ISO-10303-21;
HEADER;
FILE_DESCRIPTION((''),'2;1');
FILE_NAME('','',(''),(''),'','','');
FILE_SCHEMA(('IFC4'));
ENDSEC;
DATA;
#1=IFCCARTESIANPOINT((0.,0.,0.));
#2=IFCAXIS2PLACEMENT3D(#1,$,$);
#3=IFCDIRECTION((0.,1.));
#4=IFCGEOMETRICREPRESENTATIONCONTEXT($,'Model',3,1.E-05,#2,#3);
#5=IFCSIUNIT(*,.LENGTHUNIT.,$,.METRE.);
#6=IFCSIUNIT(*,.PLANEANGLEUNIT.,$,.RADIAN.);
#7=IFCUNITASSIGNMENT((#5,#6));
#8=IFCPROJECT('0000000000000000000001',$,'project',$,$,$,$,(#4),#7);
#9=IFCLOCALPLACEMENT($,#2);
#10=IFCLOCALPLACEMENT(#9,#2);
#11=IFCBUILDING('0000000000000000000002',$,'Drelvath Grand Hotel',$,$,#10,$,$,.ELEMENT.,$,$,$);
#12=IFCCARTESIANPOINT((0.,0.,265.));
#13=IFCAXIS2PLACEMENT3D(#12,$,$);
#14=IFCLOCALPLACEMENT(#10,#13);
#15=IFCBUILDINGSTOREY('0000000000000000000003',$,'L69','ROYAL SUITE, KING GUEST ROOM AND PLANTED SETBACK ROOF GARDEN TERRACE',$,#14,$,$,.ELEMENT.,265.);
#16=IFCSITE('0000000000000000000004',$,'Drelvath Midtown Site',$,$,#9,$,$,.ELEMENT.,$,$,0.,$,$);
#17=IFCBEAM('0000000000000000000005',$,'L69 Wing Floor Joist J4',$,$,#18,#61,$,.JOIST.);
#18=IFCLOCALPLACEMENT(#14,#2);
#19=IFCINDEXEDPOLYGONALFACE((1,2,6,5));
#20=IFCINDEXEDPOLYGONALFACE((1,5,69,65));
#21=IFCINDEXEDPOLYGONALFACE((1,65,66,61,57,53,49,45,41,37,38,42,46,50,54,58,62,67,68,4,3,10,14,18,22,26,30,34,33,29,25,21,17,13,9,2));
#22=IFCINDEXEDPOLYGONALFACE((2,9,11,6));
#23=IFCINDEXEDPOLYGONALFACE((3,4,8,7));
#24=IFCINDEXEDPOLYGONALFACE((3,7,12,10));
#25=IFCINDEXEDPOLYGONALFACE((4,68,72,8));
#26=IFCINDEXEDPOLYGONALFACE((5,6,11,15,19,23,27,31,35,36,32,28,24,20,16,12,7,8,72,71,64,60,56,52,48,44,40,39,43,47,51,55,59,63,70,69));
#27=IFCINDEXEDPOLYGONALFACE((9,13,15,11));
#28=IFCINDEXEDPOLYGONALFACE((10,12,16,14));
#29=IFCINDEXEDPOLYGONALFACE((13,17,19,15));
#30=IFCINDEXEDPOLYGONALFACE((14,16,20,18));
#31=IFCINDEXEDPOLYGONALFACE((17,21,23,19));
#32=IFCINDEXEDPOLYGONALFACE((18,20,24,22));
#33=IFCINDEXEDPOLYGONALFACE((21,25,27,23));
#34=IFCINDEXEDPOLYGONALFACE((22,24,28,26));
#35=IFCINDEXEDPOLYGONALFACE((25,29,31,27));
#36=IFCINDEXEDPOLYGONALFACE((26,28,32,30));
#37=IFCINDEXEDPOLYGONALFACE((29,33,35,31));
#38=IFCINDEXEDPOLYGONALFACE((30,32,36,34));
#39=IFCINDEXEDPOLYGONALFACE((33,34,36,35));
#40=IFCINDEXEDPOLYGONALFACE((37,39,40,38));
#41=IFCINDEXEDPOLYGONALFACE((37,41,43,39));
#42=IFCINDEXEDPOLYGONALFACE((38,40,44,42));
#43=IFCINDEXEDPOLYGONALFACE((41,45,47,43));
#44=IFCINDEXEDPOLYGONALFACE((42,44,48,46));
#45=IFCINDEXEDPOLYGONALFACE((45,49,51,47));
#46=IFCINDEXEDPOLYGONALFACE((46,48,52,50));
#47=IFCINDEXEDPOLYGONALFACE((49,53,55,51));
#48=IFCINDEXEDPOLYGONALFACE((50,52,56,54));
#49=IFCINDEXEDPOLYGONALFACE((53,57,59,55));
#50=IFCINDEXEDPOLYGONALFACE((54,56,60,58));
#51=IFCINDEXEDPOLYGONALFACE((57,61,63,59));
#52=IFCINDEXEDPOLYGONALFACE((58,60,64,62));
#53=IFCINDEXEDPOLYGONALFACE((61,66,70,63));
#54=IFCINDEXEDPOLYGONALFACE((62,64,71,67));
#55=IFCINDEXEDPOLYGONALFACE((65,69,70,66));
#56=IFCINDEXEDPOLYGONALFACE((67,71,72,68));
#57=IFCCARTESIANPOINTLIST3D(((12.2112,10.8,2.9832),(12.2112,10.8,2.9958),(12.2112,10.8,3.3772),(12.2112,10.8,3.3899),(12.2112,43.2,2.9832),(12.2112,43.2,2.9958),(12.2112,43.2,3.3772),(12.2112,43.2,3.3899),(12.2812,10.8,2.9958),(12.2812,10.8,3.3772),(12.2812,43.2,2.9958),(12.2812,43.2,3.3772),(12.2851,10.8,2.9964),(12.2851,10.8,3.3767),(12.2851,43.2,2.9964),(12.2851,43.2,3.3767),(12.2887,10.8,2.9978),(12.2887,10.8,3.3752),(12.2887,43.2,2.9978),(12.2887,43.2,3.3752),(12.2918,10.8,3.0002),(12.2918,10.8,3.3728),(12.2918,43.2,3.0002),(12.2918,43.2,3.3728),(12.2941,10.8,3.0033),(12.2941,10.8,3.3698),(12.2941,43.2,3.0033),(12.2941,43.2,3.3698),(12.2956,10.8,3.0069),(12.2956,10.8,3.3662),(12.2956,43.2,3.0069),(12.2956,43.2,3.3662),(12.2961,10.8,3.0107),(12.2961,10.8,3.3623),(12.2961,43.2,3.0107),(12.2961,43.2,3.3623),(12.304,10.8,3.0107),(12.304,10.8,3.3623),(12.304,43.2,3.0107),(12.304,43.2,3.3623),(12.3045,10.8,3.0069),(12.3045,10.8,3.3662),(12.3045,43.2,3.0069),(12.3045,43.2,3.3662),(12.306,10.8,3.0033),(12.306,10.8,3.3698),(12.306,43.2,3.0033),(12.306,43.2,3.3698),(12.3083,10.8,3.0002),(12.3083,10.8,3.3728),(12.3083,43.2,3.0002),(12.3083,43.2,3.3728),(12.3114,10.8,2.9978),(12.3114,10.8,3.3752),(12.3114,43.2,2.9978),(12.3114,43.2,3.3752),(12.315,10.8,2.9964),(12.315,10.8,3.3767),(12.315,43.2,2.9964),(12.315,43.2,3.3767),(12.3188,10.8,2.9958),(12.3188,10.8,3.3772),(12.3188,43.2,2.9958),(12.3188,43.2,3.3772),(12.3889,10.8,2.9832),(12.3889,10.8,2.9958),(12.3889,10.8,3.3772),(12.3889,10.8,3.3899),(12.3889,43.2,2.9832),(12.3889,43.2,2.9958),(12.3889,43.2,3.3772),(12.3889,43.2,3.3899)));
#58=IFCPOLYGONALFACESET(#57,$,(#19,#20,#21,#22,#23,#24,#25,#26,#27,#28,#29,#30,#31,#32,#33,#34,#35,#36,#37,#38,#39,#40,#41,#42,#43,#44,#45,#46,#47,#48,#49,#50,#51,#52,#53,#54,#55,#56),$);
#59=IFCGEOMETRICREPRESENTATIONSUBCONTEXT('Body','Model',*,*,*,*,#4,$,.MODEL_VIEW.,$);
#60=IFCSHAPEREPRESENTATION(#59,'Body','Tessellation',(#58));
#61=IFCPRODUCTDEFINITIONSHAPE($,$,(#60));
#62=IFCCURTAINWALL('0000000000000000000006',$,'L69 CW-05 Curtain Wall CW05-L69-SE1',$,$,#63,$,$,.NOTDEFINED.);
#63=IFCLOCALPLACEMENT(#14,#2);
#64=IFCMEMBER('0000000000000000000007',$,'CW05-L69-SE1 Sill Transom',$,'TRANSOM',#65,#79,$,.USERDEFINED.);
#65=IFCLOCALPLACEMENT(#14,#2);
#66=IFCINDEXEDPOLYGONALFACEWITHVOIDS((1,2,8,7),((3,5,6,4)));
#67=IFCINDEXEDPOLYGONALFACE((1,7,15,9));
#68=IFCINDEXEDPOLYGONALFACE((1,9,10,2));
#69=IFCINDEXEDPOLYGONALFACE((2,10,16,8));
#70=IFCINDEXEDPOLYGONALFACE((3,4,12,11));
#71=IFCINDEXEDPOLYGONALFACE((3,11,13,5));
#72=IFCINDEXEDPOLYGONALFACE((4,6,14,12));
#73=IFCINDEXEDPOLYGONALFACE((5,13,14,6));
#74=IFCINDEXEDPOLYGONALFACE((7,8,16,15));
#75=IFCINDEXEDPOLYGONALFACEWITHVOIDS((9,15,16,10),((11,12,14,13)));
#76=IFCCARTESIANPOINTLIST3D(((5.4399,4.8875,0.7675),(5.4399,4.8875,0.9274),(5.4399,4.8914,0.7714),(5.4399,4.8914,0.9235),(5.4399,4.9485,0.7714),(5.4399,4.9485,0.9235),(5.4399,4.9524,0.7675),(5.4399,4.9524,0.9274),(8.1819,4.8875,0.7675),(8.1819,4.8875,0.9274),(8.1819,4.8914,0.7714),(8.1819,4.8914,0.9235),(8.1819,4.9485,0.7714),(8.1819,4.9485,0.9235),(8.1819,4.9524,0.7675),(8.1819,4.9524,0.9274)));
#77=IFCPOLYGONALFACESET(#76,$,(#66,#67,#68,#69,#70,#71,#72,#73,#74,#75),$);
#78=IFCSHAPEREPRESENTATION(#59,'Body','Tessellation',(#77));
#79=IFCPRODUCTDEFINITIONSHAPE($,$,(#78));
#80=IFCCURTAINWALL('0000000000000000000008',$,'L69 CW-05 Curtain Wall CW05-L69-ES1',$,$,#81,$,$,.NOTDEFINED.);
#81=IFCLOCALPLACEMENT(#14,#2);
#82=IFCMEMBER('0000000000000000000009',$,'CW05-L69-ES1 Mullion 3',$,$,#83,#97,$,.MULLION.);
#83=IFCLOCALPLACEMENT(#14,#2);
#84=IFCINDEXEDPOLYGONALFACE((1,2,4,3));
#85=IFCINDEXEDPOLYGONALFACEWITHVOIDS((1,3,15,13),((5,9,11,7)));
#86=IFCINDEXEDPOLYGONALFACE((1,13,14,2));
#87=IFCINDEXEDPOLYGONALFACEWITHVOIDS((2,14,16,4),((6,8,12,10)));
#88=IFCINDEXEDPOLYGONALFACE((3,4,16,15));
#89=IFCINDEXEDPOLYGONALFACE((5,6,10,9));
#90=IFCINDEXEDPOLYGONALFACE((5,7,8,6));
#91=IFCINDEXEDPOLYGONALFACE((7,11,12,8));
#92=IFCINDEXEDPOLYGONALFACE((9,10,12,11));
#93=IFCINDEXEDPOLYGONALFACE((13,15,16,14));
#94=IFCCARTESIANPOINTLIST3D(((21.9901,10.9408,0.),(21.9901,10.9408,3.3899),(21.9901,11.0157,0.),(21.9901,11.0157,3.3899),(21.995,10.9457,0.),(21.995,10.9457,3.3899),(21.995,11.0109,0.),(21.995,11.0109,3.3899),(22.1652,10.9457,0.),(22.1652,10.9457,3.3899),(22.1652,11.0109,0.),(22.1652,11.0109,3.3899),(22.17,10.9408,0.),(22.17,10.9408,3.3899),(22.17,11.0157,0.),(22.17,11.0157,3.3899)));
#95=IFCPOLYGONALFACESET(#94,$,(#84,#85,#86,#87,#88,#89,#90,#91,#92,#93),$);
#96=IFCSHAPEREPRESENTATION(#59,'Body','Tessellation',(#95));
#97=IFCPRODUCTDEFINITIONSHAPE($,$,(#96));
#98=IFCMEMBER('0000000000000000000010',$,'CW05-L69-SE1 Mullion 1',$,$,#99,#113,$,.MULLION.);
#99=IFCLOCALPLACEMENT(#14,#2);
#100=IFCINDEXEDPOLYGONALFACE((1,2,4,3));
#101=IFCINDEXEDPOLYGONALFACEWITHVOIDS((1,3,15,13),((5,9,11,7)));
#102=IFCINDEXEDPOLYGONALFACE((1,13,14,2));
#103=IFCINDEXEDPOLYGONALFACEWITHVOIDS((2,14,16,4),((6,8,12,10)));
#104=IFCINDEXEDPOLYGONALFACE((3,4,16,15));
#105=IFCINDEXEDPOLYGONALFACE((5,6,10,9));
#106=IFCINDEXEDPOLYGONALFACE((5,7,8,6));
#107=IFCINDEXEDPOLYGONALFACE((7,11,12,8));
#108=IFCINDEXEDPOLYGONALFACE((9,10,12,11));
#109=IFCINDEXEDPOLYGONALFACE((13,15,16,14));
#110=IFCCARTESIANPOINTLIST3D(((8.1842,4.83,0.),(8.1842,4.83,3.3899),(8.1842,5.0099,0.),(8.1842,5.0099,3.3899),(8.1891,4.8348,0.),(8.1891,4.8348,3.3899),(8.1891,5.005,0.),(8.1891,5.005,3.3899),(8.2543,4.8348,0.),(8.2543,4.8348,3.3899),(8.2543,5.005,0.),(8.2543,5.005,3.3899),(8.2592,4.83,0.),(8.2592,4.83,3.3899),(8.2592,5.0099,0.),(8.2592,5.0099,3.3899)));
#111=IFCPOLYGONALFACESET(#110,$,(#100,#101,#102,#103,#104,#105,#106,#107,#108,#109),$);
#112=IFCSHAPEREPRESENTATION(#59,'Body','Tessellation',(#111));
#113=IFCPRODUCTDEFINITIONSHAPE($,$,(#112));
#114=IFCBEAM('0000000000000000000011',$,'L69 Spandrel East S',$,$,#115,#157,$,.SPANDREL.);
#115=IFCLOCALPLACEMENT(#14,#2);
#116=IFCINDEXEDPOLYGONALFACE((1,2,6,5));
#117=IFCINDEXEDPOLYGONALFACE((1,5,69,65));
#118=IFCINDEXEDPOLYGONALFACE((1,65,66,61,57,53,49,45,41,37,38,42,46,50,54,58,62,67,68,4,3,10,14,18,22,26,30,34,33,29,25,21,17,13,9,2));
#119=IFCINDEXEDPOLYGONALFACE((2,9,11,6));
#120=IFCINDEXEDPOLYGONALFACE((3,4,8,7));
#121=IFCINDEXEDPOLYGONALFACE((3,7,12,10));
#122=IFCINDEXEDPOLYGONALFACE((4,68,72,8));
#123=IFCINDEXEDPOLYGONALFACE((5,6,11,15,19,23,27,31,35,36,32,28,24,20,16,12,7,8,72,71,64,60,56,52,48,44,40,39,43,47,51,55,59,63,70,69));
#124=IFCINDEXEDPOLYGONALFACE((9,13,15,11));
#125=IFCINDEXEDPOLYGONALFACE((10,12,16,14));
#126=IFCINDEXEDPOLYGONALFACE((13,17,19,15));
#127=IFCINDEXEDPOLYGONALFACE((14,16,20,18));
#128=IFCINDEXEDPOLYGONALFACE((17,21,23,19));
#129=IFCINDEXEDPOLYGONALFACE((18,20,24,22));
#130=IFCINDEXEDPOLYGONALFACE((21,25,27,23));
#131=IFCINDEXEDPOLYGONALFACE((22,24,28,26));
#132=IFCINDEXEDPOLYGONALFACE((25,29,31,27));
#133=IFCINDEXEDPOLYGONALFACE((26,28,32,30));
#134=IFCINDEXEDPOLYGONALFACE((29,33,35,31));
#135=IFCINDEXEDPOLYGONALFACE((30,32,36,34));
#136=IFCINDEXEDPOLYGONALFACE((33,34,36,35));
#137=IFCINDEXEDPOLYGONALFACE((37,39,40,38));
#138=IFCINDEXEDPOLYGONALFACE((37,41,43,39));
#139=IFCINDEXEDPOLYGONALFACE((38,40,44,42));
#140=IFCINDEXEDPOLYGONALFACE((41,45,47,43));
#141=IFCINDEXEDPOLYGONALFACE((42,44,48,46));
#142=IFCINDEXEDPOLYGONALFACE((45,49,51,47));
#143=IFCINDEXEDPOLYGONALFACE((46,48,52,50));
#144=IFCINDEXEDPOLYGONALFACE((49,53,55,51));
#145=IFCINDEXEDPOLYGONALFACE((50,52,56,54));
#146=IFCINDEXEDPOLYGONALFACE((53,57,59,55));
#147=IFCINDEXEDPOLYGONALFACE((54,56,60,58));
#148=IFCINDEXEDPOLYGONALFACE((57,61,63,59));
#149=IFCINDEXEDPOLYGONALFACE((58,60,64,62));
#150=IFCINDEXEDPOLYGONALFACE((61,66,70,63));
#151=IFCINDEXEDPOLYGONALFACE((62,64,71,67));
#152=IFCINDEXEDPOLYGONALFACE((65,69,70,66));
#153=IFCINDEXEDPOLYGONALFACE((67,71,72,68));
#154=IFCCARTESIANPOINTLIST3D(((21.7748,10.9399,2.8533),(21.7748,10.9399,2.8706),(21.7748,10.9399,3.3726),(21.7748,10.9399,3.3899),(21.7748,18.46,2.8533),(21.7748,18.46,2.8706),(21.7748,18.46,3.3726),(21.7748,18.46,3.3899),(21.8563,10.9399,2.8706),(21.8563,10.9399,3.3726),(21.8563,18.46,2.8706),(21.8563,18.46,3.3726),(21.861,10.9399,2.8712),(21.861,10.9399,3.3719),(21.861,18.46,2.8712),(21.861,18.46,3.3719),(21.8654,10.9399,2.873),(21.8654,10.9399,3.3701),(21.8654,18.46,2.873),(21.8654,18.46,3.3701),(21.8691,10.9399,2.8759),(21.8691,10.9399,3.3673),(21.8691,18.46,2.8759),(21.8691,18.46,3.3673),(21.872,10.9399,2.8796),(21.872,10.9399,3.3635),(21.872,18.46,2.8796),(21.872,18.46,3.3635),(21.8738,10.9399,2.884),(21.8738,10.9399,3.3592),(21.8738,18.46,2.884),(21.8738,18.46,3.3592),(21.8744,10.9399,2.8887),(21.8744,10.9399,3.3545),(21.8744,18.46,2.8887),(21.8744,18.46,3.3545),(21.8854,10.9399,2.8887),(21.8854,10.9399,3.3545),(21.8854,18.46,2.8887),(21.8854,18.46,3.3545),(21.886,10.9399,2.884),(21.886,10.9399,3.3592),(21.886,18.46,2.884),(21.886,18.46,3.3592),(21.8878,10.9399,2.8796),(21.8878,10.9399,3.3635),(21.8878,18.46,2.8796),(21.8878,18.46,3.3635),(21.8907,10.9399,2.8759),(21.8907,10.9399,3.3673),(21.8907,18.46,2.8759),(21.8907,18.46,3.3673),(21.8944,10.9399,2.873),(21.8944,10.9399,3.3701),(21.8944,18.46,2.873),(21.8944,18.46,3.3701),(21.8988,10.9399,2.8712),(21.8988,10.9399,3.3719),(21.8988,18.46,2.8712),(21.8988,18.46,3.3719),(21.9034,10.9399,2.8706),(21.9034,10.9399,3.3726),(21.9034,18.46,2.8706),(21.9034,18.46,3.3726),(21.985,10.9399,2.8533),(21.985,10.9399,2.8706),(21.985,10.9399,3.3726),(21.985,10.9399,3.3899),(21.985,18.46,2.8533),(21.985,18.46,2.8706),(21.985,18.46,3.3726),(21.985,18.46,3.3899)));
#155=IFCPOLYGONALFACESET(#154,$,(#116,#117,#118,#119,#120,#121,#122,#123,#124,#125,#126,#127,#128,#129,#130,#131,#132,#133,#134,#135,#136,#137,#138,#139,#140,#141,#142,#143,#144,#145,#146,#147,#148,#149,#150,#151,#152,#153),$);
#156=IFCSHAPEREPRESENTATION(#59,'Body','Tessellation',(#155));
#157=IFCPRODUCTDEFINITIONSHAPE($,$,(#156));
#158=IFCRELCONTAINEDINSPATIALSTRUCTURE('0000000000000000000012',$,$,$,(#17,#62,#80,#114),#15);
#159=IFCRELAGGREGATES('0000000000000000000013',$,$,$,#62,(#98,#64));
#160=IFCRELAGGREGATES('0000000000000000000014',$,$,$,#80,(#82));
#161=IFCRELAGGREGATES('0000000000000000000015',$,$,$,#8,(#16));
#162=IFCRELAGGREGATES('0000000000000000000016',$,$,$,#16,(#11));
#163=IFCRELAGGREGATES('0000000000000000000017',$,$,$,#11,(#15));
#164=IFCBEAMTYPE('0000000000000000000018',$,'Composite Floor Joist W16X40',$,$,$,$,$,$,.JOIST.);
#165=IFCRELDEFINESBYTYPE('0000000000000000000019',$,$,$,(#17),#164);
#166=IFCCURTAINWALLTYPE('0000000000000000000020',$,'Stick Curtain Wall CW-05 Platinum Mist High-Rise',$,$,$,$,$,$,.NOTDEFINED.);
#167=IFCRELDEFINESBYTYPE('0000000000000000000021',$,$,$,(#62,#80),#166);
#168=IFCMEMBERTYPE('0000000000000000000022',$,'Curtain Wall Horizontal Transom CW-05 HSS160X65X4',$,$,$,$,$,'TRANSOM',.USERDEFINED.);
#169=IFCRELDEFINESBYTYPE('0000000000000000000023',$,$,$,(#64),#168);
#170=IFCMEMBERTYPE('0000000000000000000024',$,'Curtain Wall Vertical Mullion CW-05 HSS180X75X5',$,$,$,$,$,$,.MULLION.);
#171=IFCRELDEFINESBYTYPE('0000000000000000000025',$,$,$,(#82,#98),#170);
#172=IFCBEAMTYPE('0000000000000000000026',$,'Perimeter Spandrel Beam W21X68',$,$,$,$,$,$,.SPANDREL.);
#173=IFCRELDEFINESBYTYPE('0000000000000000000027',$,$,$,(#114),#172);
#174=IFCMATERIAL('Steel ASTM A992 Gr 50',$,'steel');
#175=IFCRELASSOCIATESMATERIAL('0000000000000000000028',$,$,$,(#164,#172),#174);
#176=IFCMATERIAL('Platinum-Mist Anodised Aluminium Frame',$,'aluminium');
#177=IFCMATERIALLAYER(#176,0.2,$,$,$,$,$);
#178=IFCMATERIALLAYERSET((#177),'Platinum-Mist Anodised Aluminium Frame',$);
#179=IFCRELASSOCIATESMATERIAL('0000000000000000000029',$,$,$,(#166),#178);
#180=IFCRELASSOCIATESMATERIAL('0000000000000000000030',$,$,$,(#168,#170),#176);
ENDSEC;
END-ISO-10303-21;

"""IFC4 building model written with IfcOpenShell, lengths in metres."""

from ifc_helpers import new_model, si_unit, direction, frame, origin, origin_2d, place, context, subcontext, project, spatial, hollow_rectangle, i_section, extrude, material, layer, layer_set, material_profile, profile_set, type_object, element, aggregate, save


model = new_model("IFC4")

# Units and contexts
model_context = context("Model", 3, precision=1e-05, world=origin(), true_north=direction((0.0, 1.0)))
body_context = subcontext(model_context, "Body", "Model", "MODEL_VIEW")
ifc_project = project(units=[si_unit("LENGTHUNIT", "METRE"), si_unit("PLANEANGLEUNIT", "RADIAN")], contexts=[model_context])

# Site, building, storey
site_placement = place(None, origin())
site = spatial("IfcSite", under=ifc_project, at=site_placement, Name="Drelvath Midtown Site", CompositionType="ELEMENT", RefElevation=0.0)
building_placement = place(site_placement, origin())
building = spatial("IfcBuilding", under=site, at=building_placement, Name="Drelvath Grand Hotel", CompositionType="ELEMENT")
storey_placement = place(building_placement, frame((0.0, 0.0, 265.0)))
storey = spatial("IfcBuildingStorey", under=building, at=storey_placement, Name="L69", Description="ROYAL SUITE, KING GUEST ROOM AND PLANTED SETBACK ROOF GARDEN TERRACE", CompositionType="ELEMENT", Elevation=265.0)

# Beam
ifc_material_1 = material(Name="Steel ASTM A992 Gr 50", Category="steel")
ifc_material_profile_1 = material_profile(ifc_material_1, i_section(OverallWidth=0.1777, OverallDepth=0.4067, WebThickness=0.0078, FlangeThickness=0.0127, FilletRadius=0.0149, at=origin_2d()), Name="W16X40")
ifc_profile_set_1 = profile_set([ifc_material_profile_1], Name="Steel ASTM A992 Gr 50")
beam_type_1 = type_object("IfcBeamType", Name="Composite Floor Joist W16X40", PredefinedType="JOIST", material=ifc_profile_set_1)
beam_1_placement = place(storey_placement, frame((12.3, 10.8, 3.1865), z_axis=(0.0, 1.0, 0.0), x_axis=(-1.0, 0.0, 0.0)))
element("IfcBeam", 1, at=beam_1_placement, inside=storey, type_object=beam_type_1, Name="L69 Wing Floor Joist J4", PredefinedType="JOIST", context=body_context, shape_type="SweptSolid", body=[
    extrude(i_section(OverallWidth=0.1777, OverallDepth=0.4067, WebThickness=0.0078, FlangeThickness=0.0127, FilletRadius=0.0149, at=origin_2d()), origin(), (0.0, 0.0, 1.0), 32.3999),
])

# Curtain walls, members
ifc_material_2 = material(Name="Platinum-Mist Anodised Aluminium Frame", Category="aluminium")
ifc_layer_1 = layer(ifc_material_2, 0.2)
ifc_layer_set_1 = layer_set([ifc_layer_1], Name="Platinum-Mist Anodised Aluminium Frame")
curtain_wall_type = type_object("IfcCurtainWallType", Name="Stick Curtain Wall CW-05 Platinum Mist High-Rise", PredefinedType="NOTDEFINED", material=ifc_layer_set_1)
curtain_wall_1_placement = place(storey_placement, origin())
curtain_wall_1 = element("IfcCurtainWall", 2, at=curtain_wall_1_placement, inside=storey, type_object=curtain_wall_type, Name="L69 CW-05 Curtain Wall CW05-L69-SE1", PredefinedType="NOTDEFINED")
ifc_material_profile_2 = material_profile(ifc_material_2, hollow_rectangle(XDim=0.0649, YDim=0.1599, WallThickness=0.0039, at=origin_2d()), Name="HSS160X65X4")
ifc_profile_set_2 = profile_set([ifc_material_profile_2], Name="Platinum-Mist Anodised Aluminium Frame")
member_type_1 = type_object("IfcMemberType", Name="Curtain Wall Horizontal Transom CW-05 HSS160X65X4", ElementType="TRANSOM", PredefinedType="USERDEFINED", material=ifc_profile_set_2)
member_1_placement = place(storey_placement, frame((8.1819, 4.9199, 0.8474), z_axis=(-1.0, 0.0, 0.0), x_axis=(0.0, -1.0, 0.0)))
member_1 = element("IfcMember", 3, at=member_1_placement, type_object=member_type_1, Name="CW05-L69-SE1 Sill Transom", ObjectType="TRANSOM", PredefinedType="USERDEFINED", context=body_context, shape_type="SweptSolid", body=[
    extrude(hollow_rectangle(XDim=0.0649, YDim=0.1599, WallThickness=0.0039, at=origin_2d()), origin(), (0.0, 0.0, 1.0), 2.7419),
])
curtain_wall_2_placement = place(storey_placement, origin())
curtain_wall_2 = element("IfcCurtainWall", 4, at=curtain_wall_2_placement, inside=storey, type_object=curtain_wall_type, Name="L69 CW-05 Curtain Wall CW05-L69-ES1", PredefinedType="NOTDEFINED")
ifc_material_profile_3 = material_profile(ifc_material_2, hollow_rectangle(XDim=0.075, YDim=0.1799, WallThickness=0.0049, at=origin_2d()), Name="HSS180X75X5")
ifc_profile_set_3 = profile_set([ifc_material_profile_3], Name="Platinum-Mist Anodised Aluminium Frame")
member_type_2 = type_object("IfcMemberType", Name="Curtain Wall Vertical Mullion CW-05 HSS180X75X5", PredefinedType="MULLION", material=ifc_profile_set_3)
member_2_placement = place(storey_placement, frame((22.0801, 10.9783, 0.0), z_axis=(0.0, 0.0, 1.0), x_axis=(0.0, 1.0, 0.0)))
member_2 = element("IfcMember", 5, at=member_2_placement, type_object=member_type_2, Name="CW05-L69-ES1 Mullion 3", PredefinedType="MULLION", context=body_context, shape_type="SweptSolid", body=[
    extrude(hollow_rectangle(XDim=0.075, YDim=0.1799, WallThickness=0.0049, at=origin_2d()), origin(), (0.0, 0.0, 1.0), 3.3899),
])

# Member
member_3_placement = place(storey_placement, frame((8.2217, 4.9199, 0.0), z_axis=(0.0, 0.0, 1.0), x_axis=(1.0, 0.0, 0.0)))
member_3 = element("IfcMember", 6, at=member_3_placement, type_object=member_type_2, Name="CW05-L69-SE1 Mullion 1", PredefinedType="MULLION", context=body_context, shape_type="SweptSolid", body=[
    extrude(hollow_rectangle(XDim=0.075, YDim=0.1799, WallThickness=0.0049, at=origin_2d()), origin(), (0.0, 0.0, 1.0), 3.3899),
])
aggregate(curtain_wall_1, [member_3, member_1])

# Beam
ifc_material_profile_4 = material_profile(ifc_material_1, i_section(OverallWidth=0.2102, OverallDepth=0.5366, WebThickness=0.011, FlangeThickness=0.0173, FilletRadius=0.0181, at=origin_2d()), Name="W21X68")
ifc_profile_set_4 = profile_set([ifc_material_profile_4], Name="Steel ASTM A992 Gr 50")
beam_type_2 = type_object("IfcBeamType", Name="Perimeter Spandrel Beam W21X68", PredefinedType="SPANDREL", material=ifc_profile_set_4)
for number, where, z_axis, x_axis, name in (
    (7, (21.8799, 10.9399, 3.1216), (0.0, 1.0, 0.0), (-1.0, 0.0, 0.0), "L69 Spandrel East S"),
):
    element("IfcBeam", number, at=place(storey_placement, frame(where, z_axis=z_axis, x_axis=x_axis)), inside=storey, type_object=beam_type_2, Name=name, PredefinedType="SPANDREL", context=body_context, shape_type="SweptSolid", body=[
        extrude(i_section(OverallWidth=0.2102, OverallDepth=0.5366, WebThickness=0.011, FlangeThickness=0.0173, FilletRadius=0.0181, at=origin_2d()), origin(), (0.0, 0.0, 1.0), 7.52),
    ])

aggregate(curtain_wall_2, [member_2])

save(model, "model.ifc")
